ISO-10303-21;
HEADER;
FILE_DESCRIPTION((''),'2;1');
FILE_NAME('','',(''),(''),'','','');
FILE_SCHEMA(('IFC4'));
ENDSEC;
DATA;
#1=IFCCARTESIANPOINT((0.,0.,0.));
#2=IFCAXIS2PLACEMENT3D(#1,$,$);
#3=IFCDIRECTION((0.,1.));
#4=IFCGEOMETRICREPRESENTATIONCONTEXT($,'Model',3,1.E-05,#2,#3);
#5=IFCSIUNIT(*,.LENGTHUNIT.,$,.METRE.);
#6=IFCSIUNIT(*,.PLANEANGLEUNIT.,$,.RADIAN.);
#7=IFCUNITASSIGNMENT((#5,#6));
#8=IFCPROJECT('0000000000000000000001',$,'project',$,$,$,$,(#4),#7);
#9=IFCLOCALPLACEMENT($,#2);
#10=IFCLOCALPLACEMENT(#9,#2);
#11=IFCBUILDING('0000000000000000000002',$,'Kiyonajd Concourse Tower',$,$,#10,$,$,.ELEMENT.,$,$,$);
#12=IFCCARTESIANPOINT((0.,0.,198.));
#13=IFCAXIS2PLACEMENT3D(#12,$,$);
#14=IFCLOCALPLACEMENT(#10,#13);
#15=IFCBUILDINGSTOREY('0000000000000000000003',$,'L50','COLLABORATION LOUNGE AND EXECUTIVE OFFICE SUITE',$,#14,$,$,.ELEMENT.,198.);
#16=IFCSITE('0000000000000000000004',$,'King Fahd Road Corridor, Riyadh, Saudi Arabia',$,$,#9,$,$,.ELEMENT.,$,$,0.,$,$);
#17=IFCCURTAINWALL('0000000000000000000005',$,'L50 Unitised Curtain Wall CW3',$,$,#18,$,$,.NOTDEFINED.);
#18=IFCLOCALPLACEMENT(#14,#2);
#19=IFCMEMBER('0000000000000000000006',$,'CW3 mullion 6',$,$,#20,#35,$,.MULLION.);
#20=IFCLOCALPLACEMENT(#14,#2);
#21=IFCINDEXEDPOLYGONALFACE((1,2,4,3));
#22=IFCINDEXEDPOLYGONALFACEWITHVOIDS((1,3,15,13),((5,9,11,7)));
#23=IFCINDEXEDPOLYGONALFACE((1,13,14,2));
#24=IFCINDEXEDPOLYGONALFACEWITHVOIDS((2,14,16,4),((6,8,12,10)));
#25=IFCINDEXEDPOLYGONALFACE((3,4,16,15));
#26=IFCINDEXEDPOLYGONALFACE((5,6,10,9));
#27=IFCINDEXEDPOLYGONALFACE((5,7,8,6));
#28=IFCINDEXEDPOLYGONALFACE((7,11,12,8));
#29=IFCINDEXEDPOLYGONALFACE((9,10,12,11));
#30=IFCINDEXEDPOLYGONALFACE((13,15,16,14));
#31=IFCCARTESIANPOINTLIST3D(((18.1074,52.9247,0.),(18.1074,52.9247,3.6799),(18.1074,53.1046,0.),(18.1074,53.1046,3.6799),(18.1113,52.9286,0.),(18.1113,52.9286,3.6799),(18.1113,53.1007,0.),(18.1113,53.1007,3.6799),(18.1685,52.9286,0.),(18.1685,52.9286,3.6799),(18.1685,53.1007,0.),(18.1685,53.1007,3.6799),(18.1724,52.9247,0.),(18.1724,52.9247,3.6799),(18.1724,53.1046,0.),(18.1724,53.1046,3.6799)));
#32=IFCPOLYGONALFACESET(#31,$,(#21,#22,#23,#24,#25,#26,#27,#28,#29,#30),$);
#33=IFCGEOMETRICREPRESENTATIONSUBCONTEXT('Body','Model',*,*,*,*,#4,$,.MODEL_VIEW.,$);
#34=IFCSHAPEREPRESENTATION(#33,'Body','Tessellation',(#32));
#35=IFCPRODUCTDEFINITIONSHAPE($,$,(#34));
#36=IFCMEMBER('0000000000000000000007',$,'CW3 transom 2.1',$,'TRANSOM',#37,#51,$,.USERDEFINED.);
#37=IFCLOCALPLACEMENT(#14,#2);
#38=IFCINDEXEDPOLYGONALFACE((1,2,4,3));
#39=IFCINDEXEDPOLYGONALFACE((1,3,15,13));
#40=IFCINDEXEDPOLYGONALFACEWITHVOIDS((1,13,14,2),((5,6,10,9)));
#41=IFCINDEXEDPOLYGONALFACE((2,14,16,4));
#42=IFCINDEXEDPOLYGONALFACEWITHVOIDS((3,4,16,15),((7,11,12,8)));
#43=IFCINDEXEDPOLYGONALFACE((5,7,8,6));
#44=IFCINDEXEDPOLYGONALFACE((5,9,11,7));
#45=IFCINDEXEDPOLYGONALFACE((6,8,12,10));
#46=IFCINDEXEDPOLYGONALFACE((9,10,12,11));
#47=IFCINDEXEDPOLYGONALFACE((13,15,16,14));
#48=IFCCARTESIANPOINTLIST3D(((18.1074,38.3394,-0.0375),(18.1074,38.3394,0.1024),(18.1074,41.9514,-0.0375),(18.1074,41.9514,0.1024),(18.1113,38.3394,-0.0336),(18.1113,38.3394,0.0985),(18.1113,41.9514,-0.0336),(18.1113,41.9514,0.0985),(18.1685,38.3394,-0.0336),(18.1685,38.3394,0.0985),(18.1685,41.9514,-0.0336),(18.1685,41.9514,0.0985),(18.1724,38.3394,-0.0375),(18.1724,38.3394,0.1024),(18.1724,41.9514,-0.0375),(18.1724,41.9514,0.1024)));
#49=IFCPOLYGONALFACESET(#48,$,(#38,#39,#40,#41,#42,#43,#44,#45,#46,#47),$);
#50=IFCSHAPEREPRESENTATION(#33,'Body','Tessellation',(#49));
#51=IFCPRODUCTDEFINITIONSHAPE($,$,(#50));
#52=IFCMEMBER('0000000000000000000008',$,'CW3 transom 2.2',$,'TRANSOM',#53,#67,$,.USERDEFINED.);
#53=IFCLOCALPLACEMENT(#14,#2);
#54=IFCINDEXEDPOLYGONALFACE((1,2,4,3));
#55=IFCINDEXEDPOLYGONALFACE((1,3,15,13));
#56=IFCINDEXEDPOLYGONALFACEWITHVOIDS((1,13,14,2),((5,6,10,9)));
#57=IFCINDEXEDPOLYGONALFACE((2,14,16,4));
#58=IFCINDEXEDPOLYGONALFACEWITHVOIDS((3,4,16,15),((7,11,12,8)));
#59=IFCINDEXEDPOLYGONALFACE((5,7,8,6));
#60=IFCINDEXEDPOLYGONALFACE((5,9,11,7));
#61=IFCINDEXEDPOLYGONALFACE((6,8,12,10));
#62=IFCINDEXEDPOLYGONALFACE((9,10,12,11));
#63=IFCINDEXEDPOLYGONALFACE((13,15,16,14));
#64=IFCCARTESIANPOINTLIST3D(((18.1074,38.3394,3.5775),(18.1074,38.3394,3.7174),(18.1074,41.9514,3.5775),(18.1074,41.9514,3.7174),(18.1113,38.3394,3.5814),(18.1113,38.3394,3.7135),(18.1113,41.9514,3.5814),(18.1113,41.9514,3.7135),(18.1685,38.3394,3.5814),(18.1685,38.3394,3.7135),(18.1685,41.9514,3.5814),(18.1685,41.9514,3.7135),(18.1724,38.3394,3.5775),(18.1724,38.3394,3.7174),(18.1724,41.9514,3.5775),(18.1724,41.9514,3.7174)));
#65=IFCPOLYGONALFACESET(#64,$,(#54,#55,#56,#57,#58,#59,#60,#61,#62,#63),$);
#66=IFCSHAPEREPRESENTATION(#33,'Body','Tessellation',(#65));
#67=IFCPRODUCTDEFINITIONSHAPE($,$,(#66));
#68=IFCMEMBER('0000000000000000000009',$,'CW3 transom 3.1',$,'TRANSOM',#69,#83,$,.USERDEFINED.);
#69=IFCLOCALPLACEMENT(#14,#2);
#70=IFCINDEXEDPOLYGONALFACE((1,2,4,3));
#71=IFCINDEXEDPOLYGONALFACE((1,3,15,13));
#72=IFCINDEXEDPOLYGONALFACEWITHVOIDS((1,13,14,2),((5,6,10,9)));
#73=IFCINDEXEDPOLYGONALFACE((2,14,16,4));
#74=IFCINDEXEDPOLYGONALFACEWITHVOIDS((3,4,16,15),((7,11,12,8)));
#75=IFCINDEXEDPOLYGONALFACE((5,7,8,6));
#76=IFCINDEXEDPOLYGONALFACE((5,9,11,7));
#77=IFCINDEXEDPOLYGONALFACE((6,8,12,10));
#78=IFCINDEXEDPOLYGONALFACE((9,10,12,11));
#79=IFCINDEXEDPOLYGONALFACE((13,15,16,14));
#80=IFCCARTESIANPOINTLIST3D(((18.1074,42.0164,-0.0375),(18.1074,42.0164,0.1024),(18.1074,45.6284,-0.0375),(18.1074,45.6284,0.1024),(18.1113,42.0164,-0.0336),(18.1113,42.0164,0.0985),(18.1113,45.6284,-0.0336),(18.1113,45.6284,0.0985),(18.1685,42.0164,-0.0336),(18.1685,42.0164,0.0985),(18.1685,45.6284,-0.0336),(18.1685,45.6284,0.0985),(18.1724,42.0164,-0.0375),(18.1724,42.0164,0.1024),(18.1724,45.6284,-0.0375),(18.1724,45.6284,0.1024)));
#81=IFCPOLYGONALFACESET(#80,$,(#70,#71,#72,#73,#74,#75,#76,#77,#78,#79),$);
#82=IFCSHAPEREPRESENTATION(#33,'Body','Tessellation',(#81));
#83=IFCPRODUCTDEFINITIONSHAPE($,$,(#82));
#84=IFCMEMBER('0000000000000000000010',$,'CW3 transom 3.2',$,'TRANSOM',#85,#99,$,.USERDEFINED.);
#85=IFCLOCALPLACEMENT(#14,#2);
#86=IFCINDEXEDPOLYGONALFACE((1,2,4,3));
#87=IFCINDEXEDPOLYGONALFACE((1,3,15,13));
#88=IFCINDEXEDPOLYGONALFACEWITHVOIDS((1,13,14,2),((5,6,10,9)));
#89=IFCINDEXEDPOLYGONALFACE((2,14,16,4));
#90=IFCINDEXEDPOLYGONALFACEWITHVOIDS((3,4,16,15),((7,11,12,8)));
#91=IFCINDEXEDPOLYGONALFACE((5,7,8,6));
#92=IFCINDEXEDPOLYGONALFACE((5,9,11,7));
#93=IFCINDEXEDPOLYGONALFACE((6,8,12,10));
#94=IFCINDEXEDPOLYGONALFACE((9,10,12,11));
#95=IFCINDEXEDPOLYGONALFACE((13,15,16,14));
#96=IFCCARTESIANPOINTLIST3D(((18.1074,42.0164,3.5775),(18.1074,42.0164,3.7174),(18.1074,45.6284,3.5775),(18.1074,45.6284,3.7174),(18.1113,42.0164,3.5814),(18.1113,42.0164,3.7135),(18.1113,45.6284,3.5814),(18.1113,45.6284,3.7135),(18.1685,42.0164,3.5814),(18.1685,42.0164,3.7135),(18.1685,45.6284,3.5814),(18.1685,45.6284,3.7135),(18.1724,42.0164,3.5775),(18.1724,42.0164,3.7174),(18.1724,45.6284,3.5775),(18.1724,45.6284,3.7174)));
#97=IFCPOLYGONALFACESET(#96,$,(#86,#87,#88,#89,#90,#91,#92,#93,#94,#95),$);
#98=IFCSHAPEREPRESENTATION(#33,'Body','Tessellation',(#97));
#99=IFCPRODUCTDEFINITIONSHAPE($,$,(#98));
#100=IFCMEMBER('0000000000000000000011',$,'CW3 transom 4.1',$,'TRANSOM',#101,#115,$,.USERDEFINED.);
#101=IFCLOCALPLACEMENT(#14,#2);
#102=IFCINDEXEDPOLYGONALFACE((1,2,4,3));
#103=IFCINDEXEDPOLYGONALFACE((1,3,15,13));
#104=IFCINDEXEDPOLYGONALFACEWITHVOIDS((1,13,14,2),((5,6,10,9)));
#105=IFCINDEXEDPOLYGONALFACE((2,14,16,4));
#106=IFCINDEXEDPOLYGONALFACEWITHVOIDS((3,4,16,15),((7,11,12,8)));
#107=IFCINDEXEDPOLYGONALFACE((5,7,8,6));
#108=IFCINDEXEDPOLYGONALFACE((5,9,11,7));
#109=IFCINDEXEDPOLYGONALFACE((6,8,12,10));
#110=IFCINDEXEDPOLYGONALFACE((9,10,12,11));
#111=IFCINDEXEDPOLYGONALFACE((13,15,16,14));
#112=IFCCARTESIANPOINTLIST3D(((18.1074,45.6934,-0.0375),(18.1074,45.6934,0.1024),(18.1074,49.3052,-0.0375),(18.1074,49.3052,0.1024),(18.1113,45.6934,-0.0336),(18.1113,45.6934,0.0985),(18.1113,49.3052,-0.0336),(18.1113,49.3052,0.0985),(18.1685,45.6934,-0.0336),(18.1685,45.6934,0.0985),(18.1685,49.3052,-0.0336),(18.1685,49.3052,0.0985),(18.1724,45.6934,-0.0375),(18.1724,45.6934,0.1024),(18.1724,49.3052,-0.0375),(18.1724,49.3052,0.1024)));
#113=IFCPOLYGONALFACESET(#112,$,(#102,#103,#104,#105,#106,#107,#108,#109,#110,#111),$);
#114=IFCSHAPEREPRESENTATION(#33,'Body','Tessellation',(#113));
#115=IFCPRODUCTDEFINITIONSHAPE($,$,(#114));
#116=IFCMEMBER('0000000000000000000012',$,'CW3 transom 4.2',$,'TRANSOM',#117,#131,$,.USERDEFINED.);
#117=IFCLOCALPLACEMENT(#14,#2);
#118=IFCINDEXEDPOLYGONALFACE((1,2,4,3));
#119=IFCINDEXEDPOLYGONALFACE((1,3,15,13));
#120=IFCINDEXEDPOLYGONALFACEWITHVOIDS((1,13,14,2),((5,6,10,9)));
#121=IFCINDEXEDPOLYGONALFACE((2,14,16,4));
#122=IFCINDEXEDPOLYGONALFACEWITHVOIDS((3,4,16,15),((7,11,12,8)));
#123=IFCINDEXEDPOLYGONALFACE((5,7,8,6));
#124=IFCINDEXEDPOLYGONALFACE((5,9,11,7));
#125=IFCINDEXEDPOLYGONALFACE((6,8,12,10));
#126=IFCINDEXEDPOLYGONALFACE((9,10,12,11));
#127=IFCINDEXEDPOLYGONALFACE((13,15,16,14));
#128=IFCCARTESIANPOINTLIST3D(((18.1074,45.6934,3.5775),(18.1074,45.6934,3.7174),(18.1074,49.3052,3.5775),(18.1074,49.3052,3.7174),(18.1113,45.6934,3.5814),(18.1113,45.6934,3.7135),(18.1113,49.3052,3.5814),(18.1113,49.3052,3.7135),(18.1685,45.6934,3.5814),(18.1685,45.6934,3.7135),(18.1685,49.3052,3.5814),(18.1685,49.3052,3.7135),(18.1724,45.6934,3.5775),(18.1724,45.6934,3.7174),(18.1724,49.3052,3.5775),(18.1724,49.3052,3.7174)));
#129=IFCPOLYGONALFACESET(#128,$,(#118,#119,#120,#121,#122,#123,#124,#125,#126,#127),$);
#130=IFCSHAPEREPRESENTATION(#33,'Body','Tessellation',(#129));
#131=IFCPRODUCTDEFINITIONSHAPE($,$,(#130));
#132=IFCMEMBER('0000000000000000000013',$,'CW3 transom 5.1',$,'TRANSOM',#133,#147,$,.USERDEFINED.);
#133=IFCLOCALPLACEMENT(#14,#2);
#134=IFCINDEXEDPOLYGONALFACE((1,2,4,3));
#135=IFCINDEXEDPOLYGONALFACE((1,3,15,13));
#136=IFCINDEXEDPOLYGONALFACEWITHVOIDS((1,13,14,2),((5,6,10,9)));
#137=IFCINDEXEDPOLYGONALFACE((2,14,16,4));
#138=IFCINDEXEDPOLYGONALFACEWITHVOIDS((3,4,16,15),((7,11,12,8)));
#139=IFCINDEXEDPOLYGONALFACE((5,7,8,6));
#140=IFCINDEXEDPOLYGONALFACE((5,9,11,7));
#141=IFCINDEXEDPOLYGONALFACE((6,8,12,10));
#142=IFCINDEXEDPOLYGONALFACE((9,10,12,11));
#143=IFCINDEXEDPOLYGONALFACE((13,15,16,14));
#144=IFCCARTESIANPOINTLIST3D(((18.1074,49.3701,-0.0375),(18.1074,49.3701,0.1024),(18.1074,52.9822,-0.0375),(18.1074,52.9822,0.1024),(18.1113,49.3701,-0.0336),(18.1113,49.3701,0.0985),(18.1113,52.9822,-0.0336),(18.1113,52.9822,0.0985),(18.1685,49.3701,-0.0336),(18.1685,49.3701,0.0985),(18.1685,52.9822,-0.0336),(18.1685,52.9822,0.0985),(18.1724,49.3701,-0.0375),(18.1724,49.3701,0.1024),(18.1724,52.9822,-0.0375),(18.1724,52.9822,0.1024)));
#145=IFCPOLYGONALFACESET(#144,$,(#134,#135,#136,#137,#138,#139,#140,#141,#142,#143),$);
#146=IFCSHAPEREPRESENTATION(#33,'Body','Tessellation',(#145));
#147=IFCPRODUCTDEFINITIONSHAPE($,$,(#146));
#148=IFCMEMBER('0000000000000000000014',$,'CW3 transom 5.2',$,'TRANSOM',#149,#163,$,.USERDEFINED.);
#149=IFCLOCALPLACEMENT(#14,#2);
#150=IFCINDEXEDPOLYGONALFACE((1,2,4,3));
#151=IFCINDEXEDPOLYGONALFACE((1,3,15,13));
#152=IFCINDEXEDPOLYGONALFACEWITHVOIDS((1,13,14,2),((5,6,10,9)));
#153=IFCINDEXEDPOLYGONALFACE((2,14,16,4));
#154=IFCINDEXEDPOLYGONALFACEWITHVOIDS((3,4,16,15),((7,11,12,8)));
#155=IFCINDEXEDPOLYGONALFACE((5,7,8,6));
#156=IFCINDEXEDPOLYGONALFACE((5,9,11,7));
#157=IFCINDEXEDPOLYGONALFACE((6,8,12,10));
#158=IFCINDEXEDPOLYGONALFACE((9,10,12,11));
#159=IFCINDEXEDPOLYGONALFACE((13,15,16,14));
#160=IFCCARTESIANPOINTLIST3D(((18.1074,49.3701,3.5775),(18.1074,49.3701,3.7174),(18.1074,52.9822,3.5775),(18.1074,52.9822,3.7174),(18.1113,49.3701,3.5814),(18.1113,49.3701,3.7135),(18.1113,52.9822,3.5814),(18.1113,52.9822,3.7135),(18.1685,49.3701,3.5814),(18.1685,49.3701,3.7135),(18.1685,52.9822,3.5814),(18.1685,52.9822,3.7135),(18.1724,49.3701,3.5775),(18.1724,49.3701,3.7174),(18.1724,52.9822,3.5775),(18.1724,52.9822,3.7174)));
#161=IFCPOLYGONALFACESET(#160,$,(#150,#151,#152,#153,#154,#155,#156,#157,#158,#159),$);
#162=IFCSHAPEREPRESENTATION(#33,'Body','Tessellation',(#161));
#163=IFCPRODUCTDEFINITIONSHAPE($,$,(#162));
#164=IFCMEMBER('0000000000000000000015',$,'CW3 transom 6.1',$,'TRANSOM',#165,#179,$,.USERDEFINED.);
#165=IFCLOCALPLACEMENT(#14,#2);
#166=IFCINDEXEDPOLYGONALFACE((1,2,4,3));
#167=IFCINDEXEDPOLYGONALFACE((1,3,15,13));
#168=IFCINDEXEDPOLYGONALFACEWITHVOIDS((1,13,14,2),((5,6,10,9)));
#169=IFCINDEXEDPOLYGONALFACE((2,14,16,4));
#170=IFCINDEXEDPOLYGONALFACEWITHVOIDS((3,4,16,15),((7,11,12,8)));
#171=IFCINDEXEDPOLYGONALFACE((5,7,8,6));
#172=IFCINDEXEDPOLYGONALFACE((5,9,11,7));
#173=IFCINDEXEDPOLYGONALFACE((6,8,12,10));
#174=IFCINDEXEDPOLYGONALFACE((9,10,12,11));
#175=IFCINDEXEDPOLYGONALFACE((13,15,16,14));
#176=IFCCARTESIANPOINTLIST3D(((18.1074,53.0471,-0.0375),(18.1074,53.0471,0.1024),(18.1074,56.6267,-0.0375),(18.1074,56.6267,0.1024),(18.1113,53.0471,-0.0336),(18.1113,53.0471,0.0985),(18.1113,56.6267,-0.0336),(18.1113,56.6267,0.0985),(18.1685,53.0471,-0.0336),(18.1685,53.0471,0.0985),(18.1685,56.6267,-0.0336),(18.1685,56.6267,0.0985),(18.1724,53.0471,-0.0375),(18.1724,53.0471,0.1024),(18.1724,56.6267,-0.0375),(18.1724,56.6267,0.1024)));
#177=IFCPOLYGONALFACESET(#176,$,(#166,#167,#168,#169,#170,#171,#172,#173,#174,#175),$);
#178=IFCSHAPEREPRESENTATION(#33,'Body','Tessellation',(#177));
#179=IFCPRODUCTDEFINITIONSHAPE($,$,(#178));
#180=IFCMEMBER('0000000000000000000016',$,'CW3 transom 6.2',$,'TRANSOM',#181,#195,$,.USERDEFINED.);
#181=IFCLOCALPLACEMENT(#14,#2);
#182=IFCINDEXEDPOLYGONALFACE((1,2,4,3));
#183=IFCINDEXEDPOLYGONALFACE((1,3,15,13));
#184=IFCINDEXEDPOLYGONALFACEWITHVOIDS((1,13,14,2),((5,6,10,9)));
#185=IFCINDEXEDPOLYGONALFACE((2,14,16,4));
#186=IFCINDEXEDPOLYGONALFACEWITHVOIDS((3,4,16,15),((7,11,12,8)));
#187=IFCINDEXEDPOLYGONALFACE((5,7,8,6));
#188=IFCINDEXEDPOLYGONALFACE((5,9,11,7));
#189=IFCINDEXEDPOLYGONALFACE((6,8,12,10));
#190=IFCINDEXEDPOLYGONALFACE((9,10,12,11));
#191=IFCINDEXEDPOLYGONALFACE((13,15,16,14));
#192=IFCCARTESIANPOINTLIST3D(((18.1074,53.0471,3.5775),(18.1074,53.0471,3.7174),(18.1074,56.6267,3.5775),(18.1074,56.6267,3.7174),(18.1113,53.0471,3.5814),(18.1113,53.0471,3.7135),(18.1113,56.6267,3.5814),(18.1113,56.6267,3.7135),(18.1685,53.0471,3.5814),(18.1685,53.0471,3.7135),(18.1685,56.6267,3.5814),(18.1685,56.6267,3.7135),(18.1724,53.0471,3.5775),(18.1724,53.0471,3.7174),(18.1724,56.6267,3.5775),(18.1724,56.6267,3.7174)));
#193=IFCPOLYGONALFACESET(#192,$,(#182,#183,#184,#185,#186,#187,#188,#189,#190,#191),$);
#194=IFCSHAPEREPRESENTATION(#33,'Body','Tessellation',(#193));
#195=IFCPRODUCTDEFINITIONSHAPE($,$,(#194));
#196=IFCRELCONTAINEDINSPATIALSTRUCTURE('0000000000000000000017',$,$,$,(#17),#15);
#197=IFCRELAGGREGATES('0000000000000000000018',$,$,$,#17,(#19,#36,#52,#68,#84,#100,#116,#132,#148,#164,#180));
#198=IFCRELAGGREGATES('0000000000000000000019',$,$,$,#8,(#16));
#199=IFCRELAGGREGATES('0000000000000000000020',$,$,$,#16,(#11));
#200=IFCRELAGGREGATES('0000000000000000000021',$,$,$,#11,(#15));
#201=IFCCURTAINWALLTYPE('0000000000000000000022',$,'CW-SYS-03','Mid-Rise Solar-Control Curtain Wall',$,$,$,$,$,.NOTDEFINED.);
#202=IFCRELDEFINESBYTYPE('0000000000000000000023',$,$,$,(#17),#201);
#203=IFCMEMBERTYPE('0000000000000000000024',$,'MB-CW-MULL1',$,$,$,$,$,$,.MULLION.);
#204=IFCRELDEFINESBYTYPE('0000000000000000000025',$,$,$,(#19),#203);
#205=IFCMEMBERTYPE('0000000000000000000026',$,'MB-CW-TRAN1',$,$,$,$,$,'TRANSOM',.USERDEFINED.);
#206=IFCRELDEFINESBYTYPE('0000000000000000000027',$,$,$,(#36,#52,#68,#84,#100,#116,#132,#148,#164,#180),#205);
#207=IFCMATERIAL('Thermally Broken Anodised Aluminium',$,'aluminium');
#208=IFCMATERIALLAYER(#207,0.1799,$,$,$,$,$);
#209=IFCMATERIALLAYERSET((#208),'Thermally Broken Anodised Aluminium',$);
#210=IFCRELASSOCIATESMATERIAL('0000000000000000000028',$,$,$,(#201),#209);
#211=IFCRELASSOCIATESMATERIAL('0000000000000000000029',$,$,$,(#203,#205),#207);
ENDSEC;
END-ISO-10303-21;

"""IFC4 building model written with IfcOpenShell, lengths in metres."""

from ifc_helpers import new_model, si_unit, direction, frame, origin, origin_2d, place, context, subcontext, project, spatial, hollow_rectangle, extrude, material, layer, layer_set, material_profile, profile_set, type_object, element, aggregate, save


model = new_model("IFC4")

# Units and contexts
model_context = context("Model", 3, precision=1e-05, world=origin(), true_north=direction((0.0, 1.0)))
body_context = subcontext(model_context, "Body", "Model", "MODEL_VIEW")
ifc_project = project(units=[si_unit("LENGTHUNIT", "METRE"), si_unit("PLANEANGLEUNIT", "RADIAN")], contexts=[model_context])

# Site, building, storey
site_placement = place(None, origin())
site = spatial("IfcSite", under=ifc_project, at=site_placement, Name="King Fahd Road Corridor, Riyadh, Saudi Arabia", CompositionType="ELEMENT", RefElevation=0.0)
building_placement = place(site_placement, origin())
building = spatial("IfcBuilding", under=site, at=building_placement, Name="Kiyonajd Concourse Tower", CompositionType="ELEMENT")
storey_placement = place(building_placement, frame((0.0, 0.0, 198.0)))
storey = spatial("IfcBuildingStorey", under=building, at=storey_placement, Name="L50", Description="COLLABORATION LOUNGE AND EXECUTIVE OFFICE SUITE", CompositionType="ELEMENT", Elevation=198.0)

# Curtain wall, members
ifc_material_1 = material(Name="Thermally Broken Anodised Aluminium", Category="aluminium")
ifc_layer_1 = layer(ifc_material_1, 0.1799)
ifc_layer_set_1 = layer_set([ifc_layer_1], Name="Thermally Broken Anodised Aluminium")
curtain_wall_type = type_object("IfcCurtainWallType", Name="CW-SYS-03", Description="Mid-Rise Solar-Control Curtain Wall", PredefinedType="NOTDEFINED", material=ifc_layer_set_1)
curtain_wall_placement = place(storey_placement, origin())
curtain_wall = element("IfcCurtainWall", 1, at=curtain_wall_placement, inside=storey, type_object=curtain_wall_type, Name="L50 Unitised Curtain Wall CW3", PredefinedType="NOTDEFINED")
ifc_material_profile_1 = material_profile(ifc_material_1, hollow_rectangle(XDim=0.0649, YDim=0.1799, WallThickness=0.0039, at=origin_2d()), Name="MULL-65x180")
ifc_profile_set_1 = profile_set([ifc_material_profile_1], Name="Thermally Broken Anodised Aluminium")
member_type_1 = type_object("IfcMemberType", Name="MB-CW-MULL1", PredefinedType="MULLION", material=ifc_profile_set_1)
member_1_placement = place(storey_placement, frame((18.1399, 53.0146, 0.0), z_axis=(0.0, 0.0, 1.0), x_axis=(-1.0, 0.0, 0.0)))
member_1 = element("IfcMember", 2, at=member_1_placement, type_object=member_type_1, Name="CW3 mullion 6", PredefinedType="MULLION", context=body_context, shape_type="SweptSolid", body=[
    extrude(hollow_rectangle(XDim=0.0649, YDim=0.1799, WallThickness=0.0039, at=origin_2d()), origin(), (0.0, 0.0, 1.0), 3.6799),
])
ifc_material_profile_2 = material_profile(ifc_material_1, hollow_rectangle(XDim=0.0649, YDim=0.1399, WallThickness=0.0039, at=origin_2d()), Name="TRAN-65x140")
ifc_profile_set_2 = profile_set([ifc_material_profile_2], Name="Thermally Broken Anodised Aluminium")
member_type_2 = type_object("IfcMemberType", Name="MB-CW-TRAN1", ElementType="TRANSOM", PredefinedType="USERDEFINED", material=ifc_profile_set_2)
member_2_placement = place(storey_placement, frame((18.1399, 38.3394, 0.0325), z_axis=(0.0, 1.0, 0.0), x_axis=(-1.0, 0.0, 0.0)))
member_2 = element("IfcMember", 3, at=member_2_placement, type_object=member_type_2, Name="CW3 transom 2.1", ObjectType="TRANSOM", PredefinedType="USERDEFINED", context=body_context, shape_type="SweptSolid", body=[
    extrude(hollow_rectangle(XDim=0.0649, YDim=0.1399, WallThickness=0.0039, at=origin_2d()), origin(), (0.0, 0.0, 1.0), 3.6121),
])
member_3_placement = place(storey_placement, frame((18.1399, 38.3394, 3.6475), z_axis=(0.0, 1.0, 0.0), x_axis=(-1.0, 0.0, 0.0)))
member_3 = element("IfcMember", 4, at=member_3_placement, type_object=member_type_2, Name="CW3 transom 2.2", ObjectType="TRANSOM", PredefinedType="USERDEFINED", context=body_context, shape_type="SweptSolid", body=[
    extrude(hollow_rectangle(XDim=0.0649, YDim=0.1399, WallThickness=0.0039, at=origin_2d()), origin(), (0.0, 0.0, 1.0), 3.6121),
])
member_4_placement = place(storey_placement, frame((18.1399, 42.0164, 0.0325), z_axis=(0.0, 1.0, 0.0), x_axis=(-1.0, 0.0, 0.0)))
member_4 = element("IfcMember", 5, at=member_4_placement, type_object=member_type_2, Name="CW3 transom 3.1", ObjectType="TRANSOM", PredefinedType="USERDEFINED", context=body_context, shape_type="SweptSolid", body=[
    extrude(hollow_rectangle(XDim=0.0649, YDim=0.1399, WallThickness=0.0039, at=origin_2d()), origin(), (0.0, 0.0, 1.0), 3.6121),
])
member_5_placement = place(storey_placement, frame((18.1399, 42.0164, 3.6475), z_axis=(0.0, 1.0, 0.0), x_axis=(-1.0, 0.0, 0.0)))
member_5 = element("IfcMember", 6, at=member_5_placement, type_object=member_type_2, Name="CW3 transom 3.2", ObjectType="TRANSOM", PredefinedType="USERDEFINED", context=body_context, shape_type="SweptSolid", body=[
    extrude(hollow_rectangle(XDim=0.0649, YDim=0.1399, WallThickness=0.0039, at=origin_2d()), origin(), (0.0, 0.0, 1.0), 3.6121),
])
member_6_placement = place(storey_placement, frame((18.1399, 45.6934, 0.0325), z_axis=(0.0, 1.0, 0.0), x_axis=(-1.0, 0.0, 0.0)))
member_6 = element("IfcMember", 7, at=member_6_placement, type_object=member_type_2, Name="CW3 transom 4.1", ObjectType="TRANSOM", PredefinedType="USERDEFINED", context=body_context, shape_type="SweptSolid", body=[
    extrude(hollow_rectangle(XDim=0.0649, YDim=0.1399, WallThickness=0.0039, at=origin_2d()), origin(), (0.0, 0.0, 1.0), 3.6118),
])
member_7_placement = place(storey_placement, frame((18.1399, 45.6934, 3.6475), z_axis=(0.0, 1.0, 0.0), x_axis=(-1.0, 0.0, 0.0)))
member_7 = element("IfcMember", 8, at=member_7_placement, type_object=member_type_2, Name="CW3 transom 4.2", ObjectType="TRANSOM", PredefinedType="USERDEFINED", context=body_context, shape_type="SweptSolid", body=[
    extrude(hollow_rectangle(XDim=0.0649, YDim=0.1399, WallThickness=0.0039, at=origin_2d()), origin(), (0.0, 0.0, 1.0), 3.6118),
])
member_8_placement = place(storey_placement, frame((18.1399, 49.3701, 0.0325), z_axis=(0.0, 1.0, 0.0), x_axis=(-1.0, 0.0, 0.0)))
member_8 = element("IfcMember", 9, at=member_8_placement, type_object=member_type_2, Name="CW3 transom 5.1", ObjectType="TRANSOM", PredefinedType="USERDEFINED", context=body_context, shape_type="SweptSolid", body=[
    extrude(hollow_rectangle(XDim=0.0649, YDim=0.1399, WallThickness=0.0039, at=origin_2d()), origin(), (0.0, 0.0, 1.0), 3.6121),
])
member_9_placement = place(storey_placement, frame((18.1399, 49.3701, 3.6475), z_axis=(0.0, 1.0, 0.0), x_axis=(-1.0, 0.0, 0.0)))
member_9 = element("IfcMember", 10, at=member_9_placement, type_object=member_type_2, Name="CW3 transom 5.2", ObjectType="TRANSOM", PredefinedType="USERDEFINED", context=body_context, shape_type="SweptSolid", body=[
    extrude(hollow_rectangle(XDim=0.0649, YDim=0.1399, WallThickness=0.0039, at=origin_2d()), origin(), (0.0, 0.0, 1.0), 3.6121),
])
member_10_placement = place(storey_placement, frame((18.1399, 53.0471, 0.0325), z_axis=(0.0, 1.0, 0.0), x_axis=(-1.0, 0.0, 0.0)))
member_10 = element("IfcMember", 11, at=member_10_placement, type_object=member_type_2, Name="CW3 transom 6.1", ObjectType="TRANSOM", PredefinedType="USERDEFINED", context=body_context, shape_type="SweptSolid", body=[
    extrude(hollow_rectangle(XDim=0.0649, YDim=0.1399, WallThickness=0.0039, at=origin_2d()), origin(), (0.0, 0.0, 1.0), 3.5796),
])
member_11_placement = place(storey_placement, frame((18.1399, 53.0471, 3.6475), z_axis=(0.0, 1.0, 0.0), x_axis=(-1.0, 0.0, 0.0)))
member_11 = element("IfcMember", 12, at=member_11_placement, type_object=member_type_2, Name="CW3 transom 6.2", ObjectType="TRANSOM", PredefinedType="USERDEFINED", context=body_context, shape_type="SweptSolid", body=[
    extrude(hollow_rectangle(XDim=0.0649, YDim=0.1399, WallThickness=0.0039, at=origin_2d()), origin(), (0.0, 0.0, 1.0), 3.5796),
])
aggregate(curtain_wall, [member_1, member_2, member_3, member_4, member_5, member_6, member_7, member_8, member_9, member_10, member_11])

save(model, "model.ifc")
